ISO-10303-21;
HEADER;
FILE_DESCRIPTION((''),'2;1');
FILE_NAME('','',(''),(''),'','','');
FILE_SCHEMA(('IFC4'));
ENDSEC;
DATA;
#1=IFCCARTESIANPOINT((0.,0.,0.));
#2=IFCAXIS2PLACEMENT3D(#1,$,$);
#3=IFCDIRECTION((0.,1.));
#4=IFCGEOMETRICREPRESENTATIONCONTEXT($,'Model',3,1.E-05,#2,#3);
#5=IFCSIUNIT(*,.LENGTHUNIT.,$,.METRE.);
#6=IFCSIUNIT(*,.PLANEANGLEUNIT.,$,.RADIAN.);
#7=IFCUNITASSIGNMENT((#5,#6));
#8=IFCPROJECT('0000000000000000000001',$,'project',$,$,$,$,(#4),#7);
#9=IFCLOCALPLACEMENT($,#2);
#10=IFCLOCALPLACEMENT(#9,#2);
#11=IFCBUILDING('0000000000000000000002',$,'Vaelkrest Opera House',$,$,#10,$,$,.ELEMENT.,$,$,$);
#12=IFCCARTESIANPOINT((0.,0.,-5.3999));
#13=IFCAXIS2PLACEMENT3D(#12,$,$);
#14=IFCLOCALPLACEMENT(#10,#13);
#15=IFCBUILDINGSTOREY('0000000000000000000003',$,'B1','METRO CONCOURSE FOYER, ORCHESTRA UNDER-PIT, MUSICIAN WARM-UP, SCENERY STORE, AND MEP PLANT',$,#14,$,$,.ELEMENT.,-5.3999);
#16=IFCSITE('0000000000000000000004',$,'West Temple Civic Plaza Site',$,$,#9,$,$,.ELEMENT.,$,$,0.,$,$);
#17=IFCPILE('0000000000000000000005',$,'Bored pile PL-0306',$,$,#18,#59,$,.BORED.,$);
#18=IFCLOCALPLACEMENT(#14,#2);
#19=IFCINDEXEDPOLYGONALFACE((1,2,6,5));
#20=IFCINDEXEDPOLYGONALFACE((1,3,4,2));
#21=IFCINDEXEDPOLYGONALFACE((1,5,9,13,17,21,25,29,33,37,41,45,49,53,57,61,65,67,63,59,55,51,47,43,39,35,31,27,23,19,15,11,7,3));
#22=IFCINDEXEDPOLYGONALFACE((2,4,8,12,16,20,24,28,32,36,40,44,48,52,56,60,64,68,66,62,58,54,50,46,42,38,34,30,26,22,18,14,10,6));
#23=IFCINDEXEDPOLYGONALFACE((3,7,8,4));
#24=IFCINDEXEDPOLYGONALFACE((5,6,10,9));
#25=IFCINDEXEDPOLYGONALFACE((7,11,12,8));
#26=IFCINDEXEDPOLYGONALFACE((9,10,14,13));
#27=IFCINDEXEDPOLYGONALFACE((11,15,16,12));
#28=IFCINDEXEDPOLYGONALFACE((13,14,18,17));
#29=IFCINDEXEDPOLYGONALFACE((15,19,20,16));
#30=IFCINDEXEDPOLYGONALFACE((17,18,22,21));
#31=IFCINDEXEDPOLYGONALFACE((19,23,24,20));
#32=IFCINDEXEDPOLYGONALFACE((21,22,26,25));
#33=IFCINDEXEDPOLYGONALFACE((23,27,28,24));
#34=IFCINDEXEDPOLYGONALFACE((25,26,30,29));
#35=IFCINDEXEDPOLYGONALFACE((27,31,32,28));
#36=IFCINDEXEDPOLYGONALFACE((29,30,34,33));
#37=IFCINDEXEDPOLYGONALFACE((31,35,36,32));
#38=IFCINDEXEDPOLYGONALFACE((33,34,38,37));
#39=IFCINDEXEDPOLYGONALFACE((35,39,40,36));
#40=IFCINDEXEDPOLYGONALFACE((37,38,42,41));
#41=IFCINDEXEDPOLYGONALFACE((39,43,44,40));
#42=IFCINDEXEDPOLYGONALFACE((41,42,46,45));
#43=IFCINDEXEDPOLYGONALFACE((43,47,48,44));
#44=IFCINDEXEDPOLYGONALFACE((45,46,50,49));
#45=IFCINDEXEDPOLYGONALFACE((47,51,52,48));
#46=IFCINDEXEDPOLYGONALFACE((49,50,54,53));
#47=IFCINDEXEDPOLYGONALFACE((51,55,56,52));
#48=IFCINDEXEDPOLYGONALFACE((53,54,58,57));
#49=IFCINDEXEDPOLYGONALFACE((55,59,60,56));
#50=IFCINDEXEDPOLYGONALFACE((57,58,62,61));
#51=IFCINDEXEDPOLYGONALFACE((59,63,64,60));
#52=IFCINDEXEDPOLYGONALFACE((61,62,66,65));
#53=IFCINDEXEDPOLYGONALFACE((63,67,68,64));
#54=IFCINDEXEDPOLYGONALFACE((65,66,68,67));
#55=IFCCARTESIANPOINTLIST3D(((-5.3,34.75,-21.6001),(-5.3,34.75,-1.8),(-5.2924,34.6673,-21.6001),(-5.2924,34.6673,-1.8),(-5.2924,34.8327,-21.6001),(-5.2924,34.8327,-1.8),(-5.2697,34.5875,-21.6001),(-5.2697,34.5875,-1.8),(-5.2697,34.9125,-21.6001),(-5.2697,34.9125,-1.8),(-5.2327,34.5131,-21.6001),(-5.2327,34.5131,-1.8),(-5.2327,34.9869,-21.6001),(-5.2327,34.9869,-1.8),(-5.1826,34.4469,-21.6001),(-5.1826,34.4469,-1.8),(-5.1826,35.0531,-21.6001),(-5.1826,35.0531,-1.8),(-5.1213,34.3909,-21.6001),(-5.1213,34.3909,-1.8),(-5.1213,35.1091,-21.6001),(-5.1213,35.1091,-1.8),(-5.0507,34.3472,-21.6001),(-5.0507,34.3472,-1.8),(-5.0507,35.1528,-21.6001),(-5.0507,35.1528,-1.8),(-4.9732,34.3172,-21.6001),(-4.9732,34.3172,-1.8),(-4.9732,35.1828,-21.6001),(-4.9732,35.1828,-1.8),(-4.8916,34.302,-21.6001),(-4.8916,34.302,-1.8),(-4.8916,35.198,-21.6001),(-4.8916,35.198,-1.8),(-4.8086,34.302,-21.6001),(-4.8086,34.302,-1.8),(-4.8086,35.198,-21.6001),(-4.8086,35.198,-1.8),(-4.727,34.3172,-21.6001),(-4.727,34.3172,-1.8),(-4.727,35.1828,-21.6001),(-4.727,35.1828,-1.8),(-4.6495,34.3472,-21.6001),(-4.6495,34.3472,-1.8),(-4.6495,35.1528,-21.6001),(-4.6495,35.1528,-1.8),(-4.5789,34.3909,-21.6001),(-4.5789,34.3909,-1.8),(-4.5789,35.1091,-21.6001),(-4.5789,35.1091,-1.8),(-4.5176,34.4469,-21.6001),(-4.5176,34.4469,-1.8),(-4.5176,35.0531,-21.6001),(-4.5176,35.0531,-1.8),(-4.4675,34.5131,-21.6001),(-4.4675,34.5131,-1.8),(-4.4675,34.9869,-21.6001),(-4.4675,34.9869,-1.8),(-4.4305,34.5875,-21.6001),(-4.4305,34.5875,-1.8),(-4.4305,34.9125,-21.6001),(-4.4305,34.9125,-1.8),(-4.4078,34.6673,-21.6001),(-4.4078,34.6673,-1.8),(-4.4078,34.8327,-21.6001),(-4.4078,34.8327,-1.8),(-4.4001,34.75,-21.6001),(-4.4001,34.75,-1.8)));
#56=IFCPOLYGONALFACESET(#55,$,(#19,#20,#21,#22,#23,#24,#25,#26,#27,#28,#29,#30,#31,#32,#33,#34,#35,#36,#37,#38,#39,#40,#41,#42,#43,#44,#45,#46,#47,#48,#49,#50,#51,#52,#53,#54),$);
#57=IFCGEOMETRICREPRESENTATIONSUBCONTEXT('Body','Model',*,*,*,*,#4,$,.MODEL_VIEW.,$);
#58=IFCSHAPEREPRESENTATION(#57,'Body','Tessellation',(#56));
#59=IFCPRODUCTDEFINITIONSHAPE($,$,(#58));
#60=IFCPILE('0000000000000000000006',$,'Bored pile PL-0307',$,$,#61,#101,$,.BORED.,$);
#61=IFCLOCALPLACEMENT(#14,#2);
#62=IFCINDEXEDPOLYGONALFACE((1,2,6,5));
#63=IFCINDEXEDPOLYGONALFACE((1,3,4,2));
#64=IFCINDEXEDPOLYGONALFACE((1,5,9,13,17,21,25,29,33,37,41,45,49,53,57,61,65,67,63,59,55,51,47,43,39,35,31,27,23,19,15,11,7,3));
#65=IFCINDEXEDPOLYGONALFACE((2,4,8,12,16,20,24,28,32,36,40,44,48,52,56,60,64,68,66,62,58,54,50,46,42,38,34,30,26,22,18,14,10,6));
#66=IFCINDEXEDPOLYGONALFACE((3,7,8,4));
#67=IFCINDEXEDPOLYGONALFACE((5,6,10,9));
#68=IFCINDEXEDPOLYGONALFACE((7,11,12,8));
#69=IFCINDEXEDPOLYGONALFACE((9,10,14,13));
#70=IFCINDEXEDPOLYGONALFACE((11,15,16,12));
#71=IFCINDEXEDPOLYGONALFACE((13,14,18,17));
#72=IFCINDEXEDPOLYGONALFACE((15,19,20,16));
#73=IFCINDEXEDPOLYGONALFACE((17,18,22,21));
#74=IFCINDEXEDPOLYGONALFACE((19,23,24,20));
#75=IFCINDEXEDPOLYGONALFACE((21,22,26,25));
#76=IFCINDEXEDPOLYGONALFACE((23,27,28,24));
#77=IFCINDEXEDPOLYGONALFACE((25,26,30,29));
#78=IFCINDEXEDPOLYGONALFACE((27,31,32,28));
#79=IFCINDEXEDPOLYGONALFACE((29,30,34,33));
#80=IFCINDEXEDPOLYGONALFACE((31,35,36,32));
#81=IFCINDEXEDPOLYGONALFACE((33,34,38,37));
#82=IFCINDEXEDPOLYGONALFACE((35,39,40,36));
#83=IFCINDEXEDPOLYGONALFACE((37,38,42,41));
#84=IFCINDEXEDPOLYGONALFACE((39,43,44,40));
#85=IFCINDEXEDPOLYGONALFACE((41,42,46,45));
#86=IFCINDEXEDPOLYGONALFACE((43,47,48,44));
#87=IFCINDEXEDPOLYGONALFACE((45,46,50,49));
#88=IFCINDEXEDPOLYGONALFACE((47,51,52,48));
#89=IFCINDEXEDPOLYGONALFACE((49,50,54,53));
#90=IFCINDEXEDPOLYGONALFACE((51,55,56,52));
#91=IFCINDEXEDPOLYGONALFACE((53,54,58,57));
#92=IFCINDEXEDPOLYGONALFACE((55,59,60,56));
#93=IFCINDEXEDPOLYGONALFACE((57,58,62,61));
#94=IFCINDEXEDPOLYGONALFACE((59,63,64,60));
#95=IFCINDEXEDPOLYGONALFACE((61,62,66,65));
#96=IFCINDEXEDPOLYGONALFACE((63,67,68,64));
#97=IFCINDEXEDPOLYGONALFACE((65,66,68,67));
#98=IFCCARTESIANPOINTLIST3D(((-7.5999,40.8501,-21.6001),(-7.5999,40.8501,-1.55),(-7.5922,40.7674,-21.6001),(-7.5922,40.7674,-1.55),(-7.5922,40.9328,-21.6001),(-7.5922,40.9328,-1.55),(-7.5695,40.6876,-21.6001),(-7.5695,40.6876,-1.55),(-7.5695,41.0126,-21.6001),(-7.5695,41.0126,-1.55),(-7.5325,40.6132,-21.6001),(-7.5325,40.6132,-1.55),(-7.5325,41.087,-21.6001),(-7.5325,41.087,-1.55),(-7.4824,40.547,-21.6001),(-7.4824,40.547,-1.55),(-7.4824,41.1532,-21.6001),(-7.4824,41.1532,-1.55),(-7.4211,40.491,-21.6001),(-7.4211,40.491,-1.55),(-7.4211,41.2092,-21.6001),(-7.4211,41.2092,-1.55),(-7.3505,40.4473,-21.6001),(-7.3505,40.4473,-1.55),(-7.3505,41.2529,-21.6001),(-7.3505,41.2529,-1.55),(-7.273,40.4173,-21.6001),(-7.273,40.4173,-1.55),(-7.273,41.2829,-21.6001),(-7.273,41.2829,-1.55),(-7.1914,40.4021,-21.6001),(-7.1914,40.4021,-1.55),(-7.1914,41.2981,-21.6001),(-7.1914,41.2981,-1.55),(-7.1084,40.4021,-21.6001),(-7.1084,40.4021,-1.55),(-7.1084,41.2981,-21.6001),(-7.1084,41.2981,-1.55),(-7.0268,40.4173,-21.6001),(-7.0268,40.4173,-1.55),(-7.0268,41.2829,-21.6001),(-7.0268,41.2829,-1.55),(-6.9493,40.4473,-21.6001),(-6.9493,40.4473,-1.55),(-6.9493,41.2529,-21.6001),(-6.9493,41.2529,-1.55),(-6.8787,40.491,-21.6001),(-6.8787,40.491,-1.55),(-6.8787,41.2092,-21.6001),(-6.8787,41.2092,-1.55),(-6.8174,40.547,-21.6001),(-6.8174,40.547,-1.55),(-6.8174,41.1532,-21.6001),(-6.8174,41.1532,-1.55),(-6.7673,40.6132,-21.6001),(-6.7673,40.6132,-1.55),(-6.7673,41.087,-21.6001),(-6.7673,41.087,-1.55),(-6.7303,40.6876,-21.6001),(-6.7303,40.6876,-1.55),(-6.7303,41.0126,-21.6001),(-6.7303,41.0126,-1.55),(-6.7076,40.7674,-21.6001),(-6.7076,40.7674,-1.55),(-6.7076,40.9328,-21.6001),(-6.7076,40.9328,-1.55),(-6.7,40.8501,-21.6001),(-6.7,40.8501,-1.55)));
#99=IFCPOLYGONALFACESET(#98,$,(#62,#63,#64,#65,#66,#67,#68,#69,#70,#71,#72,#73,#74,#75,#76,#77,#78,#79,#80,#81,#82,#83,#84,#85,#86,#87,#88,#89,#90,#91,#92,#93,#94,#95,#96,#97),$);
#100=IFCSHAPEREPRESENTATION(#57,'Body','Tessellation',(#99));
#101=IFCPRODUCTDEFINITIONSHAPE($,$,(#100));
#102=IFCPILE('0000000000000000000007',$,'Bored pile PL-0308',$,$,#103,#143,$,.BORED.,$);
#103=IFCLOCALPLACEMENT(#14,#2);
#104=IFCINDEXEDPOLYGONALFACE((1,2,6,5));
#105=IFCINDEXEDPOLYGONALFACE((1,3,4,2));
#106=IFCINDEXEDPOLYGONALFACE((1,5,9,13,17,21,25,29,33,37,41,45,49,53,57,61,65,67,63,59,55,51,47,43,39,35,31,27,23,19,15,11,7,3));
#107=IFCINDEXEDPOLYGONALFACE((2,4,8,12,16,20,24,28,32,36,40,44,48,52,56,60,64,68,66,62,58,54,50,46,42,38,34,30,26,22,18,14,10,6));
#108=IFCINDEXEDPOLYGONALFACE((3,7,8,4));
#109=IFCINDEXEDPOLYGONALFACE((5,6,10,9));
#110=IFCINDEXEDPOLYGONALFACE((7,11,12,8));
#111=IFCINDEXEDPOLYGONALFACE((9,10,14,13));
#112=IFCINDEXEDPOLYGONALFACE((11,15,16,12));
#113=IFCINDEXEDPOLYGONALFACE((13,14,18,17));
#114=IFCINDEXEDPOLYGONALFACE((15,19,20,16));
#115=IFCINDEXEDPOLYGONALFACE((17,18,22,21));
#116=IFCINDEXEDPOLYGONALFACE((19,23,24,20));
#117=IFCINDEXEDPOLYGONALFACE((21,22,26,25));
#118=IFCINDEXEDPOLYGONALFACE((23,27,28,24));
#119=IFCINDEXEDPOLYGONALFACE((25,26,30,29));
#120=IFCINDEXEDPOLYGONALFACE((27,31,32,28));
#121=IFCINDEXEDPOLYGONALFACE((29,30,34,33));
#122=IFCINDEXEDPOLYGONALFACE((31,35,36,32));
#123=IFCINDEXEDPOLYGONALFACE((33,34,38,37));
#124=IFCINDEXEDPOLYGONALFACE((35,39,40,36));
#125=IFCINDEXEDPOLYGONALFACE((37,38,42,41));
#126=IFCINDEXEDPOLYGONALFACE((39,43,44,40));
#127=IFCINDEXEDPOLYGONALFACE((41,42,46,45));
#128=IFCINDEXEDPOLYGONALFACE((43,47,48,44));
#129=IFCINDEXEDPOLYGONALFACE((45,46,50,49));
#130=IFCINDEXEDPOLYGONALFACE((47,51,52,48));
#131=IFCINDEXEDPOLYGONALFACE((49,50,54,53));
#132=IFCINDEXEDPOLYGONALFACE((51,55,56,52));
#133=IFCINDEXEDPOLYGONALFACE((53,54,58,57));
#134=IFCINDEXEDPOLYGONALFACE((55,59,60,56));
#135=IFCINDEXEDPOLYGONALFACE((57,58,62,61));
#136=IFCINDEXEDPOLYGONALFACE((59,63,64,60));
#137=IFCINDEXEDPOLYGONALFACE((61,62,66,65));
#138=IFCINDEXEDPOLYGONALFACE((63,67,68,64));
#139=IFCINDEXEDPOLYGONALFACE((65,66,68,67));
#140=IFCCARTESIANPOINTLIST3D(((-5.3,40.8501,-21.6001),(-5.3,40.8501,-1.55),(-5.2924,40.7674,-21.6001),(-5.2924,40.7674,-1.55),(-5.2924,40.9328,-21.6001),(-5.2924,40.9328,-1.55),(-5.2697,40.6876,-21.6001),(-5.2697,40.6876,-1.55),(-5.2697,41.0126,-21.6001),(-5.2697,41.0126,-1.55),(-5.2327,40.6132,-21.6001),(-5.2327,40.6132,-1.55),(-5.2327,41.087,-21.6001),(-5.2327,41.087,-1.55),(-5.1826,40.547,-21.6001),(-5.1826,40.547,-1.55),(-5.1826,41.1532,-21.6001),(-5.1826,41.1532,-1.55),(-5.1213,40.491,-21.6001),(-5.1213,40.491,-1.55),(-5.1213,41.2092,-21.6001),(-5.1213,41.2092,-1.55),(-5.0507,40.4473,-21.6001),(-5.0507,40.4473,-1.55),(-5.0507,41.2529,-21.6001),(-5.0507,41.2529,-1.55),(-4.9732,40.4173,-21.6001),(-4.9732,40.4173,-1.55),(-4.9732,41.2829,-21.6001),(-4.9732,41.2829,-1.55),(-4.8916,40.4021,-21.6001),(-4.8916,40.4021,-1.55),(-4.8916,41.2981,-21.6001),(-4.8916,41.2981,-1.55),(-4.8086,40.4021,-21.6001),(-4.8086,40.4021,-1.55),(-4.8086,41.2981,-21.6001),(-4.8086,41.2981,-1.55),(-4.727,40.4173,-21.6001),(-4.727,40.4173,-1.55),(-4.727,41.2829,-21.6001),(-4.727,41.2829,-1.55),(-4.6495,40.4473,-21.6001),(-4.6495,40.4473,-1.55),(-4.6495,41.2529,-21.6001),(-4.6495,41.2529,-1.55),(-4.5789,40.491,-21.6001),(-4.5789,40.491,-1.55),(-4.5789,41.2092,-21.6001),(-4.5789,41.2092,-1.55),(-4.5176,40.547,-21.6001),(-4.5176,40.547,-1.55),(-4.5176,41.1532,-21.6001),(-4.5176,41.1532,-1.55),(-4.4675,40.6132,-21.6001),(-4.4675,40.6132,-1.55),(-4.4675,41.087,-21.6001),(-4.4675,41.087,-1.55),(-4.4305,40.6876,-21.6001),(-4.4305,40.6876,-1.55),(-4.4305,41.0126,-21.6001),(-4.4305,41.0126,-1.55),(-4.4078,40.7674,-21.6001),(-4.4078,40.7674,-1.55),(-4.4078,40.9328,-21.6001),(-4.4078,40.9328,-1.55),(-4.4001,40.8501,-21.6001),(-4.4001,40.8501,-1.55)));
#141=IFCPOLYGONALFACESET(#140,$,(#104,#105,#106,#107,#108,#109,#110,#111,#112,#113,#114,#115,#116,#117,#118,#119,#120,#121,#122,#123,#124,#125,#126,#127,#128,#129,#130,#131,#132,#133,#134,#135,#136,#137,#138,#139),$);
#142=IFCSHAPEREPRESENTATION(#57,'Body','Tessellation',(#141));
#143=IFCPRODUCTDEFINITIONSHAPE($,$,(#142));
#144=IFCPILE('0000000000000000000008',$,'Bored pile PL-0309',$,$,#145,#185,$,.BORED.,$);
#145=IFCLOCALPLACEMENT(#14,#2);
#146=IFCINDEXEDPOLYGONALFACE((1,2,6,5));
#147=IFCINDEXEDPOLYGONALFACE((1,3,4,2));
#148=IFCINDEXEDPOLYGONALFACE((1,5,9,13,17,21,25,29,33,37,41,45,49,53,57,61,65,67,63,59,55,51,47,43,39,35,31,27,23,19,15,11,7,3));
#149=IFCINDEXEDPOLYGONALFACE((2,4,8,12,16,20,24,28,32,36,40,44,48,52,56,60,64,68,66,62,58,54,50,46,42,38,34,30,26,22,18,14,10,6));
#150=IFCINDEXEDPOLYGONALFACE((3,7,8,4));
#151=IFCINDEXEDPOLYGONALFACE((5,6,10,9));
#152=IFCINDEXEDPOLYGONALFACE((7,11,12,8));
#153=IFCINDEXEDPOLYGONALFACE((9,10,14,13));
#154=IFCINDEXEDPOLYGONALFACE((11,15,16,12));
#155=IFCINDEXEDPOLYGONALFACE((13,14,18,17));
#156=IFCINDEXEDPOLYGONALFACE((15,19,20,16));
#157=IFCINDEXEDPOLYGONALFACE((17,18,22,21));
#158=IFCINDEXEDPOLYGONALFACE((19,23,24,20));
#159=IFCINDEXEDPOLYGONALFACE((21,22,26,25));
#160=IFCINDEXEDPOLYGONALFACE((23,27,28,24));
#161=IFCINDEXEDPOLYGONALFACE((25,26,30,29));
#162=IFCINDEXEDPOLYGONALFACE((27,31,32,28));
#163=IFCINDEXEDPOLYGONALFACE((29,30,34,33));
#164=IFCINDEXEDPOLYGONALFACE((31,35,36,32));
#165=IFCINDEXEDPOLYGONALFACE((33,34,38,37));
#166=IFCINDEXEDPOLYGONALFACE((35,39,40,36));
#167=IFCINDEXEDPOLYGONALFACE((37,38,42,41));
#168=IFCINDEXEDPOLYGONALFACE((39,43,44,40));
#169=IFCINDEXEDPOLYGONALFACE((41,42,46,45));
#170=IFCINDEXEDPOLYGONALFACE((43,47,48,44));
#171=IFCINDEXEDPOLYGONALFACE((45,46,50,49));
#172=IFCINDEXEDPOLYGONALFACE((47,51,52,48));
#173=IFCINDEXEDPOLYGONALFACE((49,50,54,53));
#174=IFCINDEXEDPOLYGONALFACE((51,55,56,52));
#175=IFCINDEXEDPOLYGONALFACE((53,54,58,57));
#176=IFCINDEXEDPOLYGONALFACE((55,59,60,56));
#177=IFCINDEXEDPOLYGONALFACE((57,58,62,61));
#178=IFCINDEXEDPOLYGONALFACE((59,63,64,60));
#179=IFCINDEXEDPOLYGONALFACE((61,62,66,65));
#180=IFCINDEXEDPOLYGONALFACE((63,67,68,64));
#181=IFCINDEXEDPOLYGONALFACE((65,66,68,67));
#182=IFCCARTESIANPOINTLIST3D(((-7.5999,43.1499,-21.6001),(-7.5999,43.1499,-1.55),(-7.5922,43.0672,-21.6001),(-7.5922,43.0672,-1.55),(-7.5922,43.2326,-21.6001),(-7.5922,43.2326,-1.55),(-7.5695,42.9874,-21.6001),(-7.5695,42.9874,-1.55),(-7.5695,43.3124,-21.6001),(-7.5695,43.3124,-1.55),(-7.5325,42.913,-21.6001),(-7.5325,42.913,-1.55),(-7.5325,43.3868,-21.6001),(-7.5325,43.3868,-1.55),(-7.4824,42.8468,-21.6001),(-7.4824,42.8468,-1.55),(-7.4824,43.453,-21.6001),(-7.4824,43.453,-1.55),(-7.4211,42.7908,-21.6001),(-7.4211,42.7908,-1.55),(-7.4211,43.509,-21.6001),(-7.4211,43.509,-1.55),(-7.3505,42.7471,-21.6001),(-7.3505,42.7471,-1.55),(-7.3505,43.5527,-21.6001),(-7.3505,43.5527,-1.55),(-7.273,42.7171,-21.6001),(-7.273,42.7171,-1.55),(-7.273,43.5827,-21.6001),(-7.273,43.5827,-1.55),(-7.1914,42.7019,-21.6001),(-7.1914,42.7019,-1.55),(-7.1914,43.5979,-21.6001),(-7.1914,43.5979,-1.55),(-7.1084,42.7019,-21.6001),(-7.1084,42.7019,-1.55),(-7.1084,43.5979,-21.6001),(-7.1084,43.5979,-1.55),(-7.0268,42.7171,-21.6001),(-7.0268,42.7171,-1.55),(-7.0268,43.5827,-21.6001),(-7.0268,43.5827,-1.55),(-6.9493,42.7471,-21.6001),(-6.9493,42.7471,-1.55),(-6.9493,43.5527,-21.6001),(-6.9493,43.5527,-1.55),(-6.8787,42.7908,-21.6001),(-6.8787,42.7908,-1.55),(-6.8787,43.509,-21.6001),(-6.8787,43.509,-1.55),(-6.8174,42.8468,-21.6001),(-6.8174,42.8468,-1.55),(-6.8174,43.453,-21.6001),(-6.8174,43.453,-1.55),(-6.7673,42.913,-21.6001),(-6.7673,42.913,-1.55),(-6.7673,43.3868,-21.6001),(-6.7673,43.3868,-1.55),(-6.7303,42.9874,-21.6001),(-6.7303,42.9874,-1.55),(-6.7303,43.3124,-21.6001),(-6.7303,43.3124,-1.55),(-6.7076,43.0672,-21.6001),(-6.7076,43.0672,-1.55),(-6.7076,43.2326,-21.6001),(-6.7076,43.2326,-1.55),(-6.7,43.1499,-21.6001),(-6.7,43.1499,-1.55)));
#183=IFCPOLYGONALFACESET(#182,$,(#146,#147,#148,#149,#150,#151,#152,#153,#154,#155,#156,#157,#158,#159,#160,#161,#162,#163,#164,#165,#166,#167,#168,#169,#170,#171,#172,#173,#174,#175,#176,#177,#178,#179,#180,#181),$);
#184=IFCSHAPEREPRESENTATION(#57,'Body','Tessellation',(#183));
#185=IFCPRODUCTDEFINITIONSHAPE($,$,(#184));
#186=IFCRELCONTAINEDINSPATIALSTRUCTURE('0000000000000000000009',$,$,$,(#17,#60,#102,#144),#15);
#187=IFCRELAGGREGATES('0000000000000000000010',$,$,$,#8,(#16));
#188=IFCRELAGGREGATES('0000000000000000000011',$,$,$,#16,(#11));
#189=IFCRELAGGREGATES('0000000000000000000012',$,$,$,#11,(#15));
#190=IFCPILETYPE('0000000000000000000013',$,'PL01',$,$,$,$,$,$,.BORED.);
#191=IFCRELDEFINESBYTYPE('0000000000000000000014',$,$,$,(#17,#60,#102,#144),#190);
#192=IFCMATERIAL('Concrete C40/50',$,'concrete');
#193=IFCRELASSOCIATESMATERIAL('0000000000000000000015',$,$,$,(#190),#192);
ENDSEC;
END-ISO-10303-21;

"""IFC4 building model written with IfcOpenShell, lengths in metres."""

from ifc_helpers import new_model, si_unit, direction, frame, origin, origin_2d, place, context, subcontext, project, spatial, circle, extrude, material, material_profile, profile_set, type_object, element, save


model = new_model("IFC4")

# Units and contexts
model_context = context("Model", 3, precision=1e-05, world=origin(), true_north=direction((0.0, 1.0)))
body_context = subcontext(model_context, "Body", "Model", "MODEL_VIEW")
ifc_project = project(units=[si_unit("LENGTHUNIT", "METRE"), si_unit("PLANEANGLEUNIT", "RADIAN")], contexts=[model_context])

# Site, building, storey
site_placement = place(None, origin())
site = spatial("IfcSite", under=ifc_project, at=site_placement, Name="West Temple Civic Plaza Site", CompositionType="ELEMENT", RefElevation=0.0)
building_placement = place(site_placement, origin())
building = spatial("IfcBuilding", under=site, at=building_placement, Name="Vaelkrest Opera House", CompositionType="ELEMENT")
storey_placement = place(building_placement, frame((0.0, 0.0, -5.3999)))
storey = spatial("IfcBuildingStorey", under=building, at=storey_placement, Name="B1", Description="METRO CONCOURSE FOYER, ORCHESTRA UNDER-PIT, MUSICIAN WARM-UP, SCENERY STORE, AND MEP PLANT", CompositionType="ELEMENT", Elevation=-5.3999)

# Shared definitions
ifc_material_1 = material(Name="Concrete C40/50", Category="concrete")

# Piles
ifc_material_profile_1 = material_profile(ifc_material_1, circle(Radius=0.45, at=origin_2d()), Name="PILE900")
ifc_profile_set_1 = profile_set([ifc_material_profile_1], Name="Concrete C40/50")
pile_type_1 = type_object("IfcPileType", Name="PL01", PredefinedType="BORED", material=ifc_profile_set_1)
for number, where, z_axis, x_axis, name in (
    (1, (-4.8501, 34.75, -1.8), (0.0, 0.0, -1.0), (1.0, 0.0, 0.0), "Bored pile PL-0306"),
):
    element("IfcPile", number, at=place(storey_placement, frame(where, z_axis=z_axis, x_axis=x_axis)), inside=storey, type_object=pile_type_1, Name=name, PredefinedType="BORED", context=body_context, shape_type="SweptSolid", body=[
        extrude(circle(Radius=0.45, at=origin_2d()), origin(), (0.0, 0.0, 1.0), 19.8),
    ])
for number, where, z_axis, x_axis, name in (
    (2, (-7.1499, 40.8501, -1.55), (0.0, 0.0, -1.0), (1.0, 0.0, 0.0), "Bored pile PL-0307"),
    (3, (-4.8501, 40.8501, -1.55), (0.0, 0.0, -1.0), (1.0, 0.0, 0.0), "Bored pile PL-0308"),
    (4, (-7.1499, 43.1499, -1.55), (0.0, 0.0, -1.0), (1.0, 0.0, 0.0), "Bored pile PL-0309"),
):
    element("IfcPile", number, at=place(storey_placement, frame(where, z_axis=z_axis, x_axis=x_axis)), inside=storey, type_object=pile_type_1, Name=name, PredefinedType="BORED", context=body_context, shape_type="SweptSolid", body=[
        extrude(circle(Radius=0.45, at=origin_2d()), origin(), (0.0, 0.0, 1.0), 20.05),
    ])

save(model, "model.ifc")
